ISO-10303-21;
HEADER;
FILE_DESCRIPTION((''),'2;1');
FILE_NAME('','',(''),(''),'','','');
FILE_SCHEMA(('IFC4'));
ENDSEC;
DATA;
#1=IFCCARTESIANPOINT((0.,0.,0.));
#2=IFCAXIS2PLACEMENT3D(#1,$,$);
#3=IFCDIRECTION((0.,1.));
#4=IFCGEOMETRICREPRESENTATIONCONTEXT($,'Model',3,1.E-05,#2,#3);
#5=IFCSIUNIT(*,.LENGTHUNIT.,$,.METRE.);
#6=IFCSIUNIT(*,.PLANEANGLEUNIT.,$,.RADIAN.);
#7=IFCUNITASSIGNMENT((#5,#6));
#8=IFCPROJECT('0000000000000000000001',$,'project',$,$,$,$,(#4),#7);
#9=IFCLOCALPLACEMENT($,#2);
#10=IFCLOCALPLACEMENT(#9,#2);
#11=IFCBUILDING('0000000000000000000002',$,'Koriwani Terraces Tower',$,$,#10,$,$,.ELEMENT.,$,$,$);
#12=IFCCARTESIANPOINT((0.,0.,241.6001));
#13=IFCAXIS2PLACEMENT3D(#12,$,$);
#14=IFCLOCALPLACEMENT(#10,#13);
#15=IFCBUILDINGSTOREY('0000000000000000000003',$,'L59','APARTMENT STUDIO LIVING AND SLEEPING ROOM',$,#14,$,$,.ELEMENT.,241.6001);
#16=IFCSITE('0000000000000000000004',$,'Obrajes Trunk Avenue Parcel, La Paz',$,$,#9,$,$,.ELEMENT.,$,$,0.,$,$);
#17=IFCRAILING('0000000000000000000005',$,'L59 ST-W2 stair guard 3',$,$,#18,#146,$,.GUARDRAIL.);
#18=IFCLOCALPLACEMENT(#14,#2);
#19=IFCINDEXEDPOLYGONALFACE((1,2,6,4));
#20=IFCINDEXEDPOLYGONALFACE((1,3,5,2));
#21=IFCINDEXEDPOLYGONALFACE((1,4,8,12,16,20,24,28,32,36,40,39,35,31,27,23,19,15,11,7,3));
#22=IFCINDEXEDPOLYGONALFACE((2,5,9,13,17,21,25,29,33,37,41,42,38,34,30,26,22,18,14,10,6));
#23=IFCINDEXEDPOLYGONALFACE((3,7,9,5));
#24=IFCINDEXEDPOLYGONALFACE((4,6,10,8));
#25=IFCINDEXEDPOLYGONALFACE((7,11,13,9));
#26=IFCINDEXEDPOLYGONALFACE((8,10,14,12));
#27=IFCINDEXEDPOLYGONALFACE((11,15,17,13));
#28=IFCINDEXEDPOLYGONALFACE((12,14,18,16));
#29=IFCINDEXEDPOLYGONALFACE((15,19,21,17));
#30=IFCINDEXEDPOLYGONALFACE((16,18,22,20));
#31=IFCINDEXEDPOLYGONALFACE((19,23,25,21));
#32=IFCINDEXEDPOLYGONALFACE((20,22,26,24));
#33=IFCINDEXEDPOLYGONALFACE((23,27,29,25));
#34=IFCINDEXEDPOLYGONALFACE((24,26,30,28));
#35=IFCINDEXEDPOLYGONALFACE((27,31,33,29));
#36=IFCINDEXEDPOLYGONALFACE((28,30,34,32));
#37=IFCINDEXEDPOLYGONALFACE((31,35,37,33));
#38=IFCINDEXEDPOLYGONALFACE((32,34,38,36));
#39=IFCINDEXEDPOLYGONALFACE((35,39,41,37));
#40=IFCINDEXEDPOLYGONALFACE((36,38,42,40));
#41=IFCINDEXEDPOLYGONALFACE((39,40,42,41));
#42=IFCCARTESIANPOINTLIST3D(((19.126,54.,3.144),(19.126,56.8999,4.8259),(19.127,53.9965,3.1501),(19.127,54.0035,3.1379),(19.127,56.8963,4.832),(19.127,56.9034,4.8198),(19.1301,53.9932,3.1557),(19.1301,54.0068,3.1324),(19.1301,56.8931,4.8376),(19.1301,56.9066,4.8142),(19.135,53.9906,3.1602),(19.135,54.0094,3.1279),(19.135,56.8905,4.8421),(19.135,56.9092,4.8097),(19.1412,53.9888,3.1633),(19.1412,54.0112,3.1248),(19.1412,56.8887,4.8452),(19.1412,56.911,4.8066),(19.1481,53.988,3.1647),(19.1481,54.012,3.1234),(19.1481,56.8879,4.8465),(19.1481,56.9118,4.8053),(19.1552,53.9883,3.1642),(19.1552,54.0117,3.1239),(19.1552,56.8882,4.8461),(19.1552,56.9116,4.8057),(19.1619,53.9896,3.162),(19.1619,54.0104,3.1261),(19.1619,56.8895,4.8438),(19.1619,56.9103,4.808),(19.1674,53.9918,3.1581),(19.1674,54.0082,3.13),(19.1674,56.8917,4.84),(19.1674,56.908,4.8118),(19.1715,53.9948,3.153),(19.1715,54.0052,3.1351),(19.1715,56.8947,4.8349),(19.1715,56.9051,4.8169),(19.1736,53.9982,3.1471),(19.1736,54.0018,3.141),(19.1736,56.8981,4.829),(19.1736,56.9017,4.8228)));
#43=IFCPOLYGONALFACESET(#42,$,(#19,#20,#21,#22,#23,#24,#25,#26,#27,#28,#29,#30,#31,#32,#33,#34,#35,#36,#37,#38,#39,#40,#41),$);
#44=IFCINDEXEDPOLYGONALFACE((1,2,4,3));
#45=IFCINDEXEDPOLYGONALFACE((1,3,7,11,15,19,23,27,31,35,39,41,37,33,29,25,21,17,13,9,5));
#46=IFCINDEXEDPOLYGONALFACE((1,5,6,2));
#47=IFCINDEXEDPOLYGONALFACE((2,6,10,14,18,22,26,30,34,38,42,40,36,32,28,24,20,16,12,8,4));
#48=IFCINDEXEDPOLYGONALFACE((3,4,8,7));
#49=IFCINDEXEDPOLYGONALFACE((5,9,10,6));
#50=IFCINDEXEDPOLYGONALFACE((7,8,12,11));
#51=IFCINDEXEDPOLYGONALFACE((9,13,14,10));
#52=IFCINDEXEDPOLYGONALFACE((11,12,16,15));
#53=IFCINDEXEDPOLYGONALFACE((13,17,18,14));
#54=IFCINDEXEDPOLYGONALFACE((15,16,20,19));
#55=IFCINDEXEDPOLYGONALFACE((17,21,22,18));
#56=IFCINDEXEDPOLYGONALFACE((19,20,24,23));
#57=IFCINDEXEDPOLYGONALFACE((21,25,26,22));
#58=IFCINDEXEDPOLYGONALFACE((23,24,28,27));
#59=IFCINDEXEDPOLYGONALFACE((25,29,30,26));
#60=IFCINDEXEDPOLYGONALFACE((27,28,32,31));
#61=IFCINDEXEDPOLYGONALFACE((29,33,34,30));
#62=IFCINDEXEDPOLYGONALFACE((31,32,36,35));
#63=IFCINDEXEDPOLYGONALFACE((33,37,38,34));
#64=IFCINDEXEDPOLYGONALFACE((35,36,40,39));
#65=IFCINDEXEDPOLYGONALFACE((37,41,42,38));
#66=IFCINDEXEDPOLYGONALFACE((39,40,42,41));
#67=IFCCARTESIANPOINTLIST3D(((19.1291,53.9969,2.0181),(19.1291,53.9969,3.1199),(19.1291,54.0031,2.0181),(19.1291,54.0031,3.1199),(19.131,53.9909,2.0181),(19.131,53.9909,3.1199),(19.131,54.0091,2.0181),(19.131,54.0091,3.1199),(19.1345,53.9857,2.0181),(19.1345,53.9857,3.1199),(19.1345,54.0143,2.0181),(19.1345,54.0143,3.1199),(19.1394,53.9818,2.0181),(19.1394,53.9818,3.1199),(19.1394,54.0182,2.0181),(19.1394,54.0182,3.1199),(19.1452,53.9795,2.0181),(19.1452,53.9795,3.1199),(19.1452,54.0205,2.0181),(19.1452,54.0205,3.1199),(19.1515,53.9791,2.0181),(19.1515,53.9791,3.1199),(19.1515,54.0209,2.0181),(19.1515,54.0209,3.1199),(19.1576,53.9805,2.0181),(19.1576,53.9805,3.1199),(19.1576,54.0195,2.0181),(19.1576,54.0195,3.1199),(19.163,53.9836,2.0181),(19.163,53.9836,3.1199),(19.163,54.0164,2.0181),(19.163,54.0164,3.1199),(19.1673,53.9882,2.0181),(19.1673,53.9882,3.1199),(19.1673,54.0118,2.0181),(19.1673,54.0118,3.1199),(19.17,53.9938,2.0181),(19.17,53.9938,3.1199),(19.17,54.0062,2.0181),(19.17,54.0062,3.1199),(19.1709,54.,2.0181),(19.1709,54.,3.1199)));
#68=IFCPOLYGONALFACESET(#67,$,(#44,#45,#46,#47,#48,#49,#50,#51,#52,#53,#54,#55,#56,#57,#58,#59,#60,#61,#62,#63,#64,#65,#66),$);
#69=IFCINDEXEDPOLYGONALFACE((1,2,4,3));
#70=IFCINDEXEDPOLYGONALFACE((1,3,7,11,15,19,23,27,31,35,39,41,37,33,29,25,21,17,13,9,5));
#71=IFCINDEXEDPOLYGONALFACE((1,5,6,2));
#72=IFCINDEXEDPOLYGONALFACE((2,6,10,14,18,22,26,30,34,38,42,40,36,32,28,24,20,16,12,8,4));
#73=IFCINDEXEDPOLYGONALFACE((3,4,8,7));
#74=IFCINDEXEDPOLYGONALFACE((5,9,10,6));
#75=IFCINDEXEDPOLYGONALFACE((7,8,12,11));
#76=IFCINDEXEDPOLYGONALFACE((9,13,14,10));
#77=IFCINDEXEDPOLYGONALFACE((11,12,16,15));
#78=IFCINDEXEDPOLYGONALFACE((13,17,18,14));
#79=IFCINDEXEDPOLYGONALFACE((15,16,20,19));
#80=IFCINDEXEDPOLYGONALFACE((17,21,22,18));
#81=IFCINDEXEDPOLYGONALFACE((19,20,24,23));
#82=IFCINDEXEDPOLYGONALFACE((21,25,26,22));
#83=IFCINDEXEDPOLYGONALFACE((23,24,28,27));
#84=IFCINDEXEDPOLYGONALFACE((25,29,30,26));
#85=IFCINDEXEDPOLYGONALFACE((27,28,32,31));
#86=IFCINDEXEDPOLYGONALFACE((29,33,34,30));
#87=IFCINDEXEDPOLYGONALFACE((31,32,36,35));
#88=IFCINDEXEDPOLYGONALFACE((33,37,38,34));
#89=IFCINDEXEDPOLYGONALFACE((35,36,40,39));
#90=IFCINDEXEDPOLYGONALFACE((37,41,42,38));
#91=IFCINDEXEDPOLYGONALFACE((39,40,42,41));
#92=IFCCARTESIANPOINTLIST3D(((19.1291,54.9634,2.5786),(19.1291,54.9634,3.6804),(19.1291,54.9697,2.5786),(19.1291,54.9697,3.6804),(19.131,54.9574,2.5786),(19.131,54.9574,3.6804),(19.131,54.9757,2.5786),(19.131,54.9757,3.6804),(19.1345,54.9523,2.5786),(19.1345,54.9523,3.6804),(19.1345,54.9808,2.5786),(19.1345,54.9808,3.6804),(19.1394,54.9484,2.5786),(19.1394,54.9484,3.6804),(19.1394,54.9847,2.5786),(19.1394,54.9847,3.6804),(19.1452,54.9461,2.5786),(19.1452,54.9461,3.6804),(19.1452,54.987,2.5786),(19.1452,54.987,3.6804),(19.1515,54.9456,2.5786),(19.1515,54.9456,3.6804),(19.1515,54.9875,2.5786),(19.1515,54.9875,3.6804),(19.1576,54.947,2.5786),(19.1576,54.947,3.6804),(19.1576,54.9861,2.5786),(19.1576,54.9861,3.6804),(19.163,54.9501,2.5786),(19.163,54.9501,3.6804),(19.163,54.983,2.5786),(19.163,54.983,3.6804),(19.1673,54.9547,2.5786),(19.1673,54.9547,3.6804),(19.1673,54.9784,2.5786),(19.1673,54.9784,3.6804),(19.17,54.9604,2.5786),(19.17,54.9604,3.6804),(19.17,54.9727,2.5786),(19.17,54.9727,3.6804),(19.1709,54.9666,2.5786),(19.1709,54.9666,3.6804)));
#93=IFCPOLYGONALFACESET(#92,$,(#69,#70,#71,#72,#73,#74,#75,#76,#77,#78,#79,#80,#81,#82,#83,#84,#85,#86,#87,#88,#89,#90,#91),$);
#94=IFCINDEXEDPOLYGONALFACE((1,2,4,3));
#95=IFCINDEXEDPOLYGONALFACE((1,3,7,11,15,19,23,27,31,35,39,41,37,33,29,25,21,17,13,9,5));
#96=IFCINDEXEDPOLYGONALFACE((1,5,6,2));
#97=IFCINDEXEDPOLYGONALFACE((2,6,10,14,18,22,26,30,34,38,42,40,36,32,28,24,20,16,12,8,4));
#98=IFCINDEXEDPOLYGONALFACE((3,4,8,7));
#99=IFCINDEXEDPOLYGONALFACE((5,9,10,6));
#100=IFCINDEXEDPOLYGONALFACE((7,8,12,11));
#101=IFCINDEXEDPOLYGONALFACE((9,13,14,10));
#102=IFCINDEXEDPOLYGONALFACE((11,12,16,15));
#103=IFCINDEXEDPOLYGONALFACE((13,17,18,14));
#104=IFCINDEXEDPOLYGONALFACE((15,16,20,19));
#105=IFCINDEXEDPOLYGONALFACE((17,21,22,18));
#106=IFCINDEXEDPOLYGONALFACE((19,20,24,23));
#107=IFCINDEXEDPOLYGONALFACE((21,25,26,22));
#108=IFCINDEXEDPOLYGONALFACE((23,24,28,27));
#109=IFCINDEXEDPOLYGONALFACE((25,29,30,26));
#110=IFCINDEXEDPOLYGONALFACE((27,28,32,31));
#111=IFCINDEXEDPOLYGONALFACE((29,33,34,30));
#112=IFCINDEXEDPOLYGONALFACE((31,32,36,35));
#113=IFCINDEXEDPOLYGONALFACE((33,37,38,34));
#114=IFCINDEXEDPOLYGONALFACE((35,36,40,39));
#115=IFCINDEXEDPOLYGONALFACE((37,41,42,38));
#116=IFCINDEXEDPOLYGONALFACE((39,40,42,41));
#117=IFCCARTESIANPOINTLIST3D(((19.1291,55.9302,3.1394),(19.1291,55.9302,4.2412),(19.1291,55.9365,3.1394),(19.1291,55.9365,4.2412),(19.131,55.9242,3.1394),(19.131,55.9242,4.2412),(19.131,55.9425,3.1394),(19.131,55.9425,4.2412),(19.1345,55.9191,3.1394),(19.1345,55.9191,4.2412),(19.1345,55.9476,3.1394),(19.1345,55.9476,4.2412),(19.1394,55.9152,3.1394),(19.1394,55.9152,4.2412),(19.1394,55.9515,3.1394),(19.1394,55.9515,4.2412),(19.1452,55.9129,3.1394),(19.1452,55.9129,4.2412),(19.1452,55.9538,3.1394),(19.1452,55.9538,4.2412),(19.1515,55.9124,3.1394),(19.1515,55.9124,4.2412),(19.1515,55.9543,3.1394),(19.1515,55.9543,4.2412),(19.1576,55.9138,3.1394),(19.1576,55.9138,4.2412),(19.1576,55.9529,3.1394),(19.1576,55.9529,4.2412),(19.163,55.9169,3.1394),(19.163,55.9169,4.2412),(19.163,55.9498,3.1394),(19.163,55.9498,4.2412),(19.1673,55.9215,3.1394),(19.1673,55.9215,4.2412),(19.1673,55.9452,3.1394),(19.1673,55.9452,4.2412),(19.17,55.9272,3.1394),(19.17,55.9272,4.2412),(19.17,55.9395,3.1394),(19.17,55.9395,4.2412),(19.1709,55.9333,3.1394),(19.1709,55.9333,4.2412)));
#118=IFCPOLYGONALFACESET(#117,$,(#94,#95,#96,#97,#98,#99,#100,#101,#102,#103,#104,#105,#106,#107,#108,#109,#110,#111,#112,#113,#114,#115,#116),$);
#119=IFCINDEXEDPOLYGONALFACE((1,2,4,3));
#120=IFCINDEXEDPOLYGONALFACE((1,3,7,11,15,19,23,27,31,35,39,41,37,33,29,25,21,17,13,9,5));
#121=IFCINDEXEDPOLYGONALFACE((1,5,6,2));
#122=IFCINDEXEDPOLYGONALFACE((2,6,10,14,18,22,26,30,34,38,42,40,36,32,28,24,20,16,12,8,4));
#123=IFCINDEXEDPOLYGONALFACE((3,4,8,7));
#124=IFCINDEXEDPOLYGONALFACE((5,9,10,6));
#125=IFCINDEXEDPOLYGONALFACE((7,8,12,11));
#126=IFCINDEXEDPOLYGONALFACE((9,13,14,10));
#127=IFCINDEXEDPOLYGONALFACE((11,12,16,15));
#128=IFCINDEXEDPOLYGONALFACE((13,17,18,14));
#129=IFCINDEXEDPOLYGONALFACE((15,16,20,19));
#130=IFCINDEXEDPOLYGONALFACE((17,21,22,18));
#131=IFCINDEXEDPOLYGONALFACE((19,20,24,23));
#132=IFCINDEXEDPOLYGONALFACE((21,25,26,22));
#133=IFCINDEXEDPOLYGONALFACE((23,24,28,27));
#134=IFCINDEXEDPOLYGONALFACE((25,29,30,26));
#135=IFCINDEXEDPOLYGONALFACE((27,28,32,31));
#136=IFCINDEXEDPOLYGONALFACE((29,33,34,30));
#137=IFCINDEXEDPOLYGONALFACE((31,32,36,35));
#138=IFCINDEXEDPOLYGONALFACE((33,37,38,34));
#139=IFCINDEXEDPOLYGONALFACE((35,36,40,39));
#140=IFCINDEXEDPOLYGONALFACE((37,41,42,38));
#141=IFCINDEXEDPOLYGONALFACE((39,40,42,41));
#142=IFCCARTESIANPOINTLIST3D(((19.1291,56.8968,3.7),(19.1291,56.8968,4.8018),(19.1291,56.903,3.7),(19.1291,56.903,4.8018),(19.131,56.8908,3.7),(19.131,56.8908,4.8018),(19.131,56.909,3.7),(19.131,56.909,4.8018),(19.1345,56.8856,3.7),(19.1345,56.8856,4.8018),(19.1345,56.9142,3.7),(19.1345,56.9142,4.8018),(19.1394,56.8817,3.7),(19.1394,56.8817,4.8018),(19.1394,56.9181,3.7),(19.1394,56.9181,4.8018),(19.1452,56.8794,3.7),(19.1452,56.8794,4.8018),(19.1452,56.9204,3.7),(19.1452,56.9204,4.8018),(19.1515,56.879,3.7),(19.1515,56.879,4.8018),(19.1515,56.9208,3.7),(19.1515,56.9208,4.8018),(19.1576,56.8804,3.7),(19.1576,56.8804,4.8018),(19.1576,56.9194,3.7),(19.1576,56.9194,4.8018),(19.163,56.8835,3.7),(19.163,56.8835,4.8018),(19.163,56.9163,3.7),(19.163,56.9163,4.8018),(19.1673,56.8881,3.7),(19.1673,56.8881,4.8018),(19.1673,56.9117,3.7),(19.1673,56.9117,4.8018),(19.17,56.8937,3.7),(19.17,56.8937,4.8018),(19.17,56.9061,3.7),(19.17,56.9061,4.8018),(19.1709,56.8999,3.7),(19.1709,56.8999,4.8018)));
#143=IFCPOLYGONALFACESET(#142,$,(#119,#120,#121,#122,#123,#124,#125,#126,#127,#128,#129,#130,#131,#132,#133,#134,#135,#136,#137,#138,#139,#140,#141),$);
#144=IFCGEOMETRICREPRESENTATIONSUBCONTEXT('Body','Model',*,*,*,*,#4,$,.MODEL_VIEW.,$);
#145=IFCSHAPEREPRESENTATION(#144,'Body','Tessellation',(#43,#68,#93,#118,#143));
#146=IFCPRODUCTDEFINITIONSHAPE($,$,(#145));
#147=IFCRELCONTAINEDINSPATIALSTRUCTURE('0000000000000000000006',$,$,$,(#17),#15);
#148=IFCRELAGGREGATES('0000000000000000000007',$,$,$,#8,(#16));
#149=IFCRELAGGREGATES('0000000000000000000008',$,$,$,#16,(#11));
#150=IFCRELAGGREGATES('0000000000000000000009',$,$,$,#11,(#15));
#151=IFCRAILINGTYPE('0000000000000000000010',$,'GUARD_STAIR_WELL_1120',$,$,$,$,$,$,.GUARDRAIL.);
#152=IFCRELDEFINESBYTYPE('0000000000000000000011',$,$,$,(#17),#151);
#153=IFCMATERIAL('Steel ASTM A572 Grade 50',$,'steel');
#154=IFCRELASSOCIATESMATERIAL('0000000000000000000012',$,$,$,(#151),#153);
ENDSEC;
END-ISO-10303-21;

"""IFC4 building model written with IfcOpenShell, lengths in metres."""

from ifc_helpers import new_model, si_unit, direction, frame, origin, origin_2d, place, context, subcontext, project, spatial, circle, extrude, material, type_object, element, save


model = new_model("IFC4")

# Units and contexts
model_context = context("Model", 3, precision=1e-05, world=origin(), true_north=direction((0.0, 1.0)))
body_context = subcontext(model_context, "Body", "Model", "MODEL_VIEW")
ifc_project = project(units=[si_unit("LENGTHUNIT", "METRE"), si_unit("PLANEANGLEUNIT", "RADIAN")], contexts=[model_context])

# Site, building, storey
site_placement = place(None, origin())
site = spatial("IfcSite", under=ifc_project, at=site_placement, Name="Obrajes Trunk Avenue Parcel, La Paz", CompositionType="ELEMENT", RefElevation=0.0)
building_placement = place(site_placement, origin())
building = spatial("IfcBuilding", under=site, at=building_placement, Name="Koriwani Terraces Tower", CompositionType="ELEMENT")
storey_placement = place(building_placement, frame((0.0, 0.0, 241.6001)))
storey = spatial("IfcBuildingStorey", under=building, at=storey_placement, Name="L59", Description="APARTMENT STUDIO LIVING AND SLEEPING ROOM", CompositionType="ELEMENT", Elevation=241.6001)

# Shared definitions
ifc_material_1 = material(Name="Steel ASTM A572 Grade 50", Category="steel")

# Railing
railing_type_1 = type_object("IfcRailingType", Name="GUARD_STAIR_WELL_1120", PredefinedType="GUARDRAIL", material=ifc_material_1)
railing_1_placement = place(storey_placement, frame((19.1499, 54.0, 2.0181)))
element("IfcRailing", 1, at=railing_1_placement, inside=storey, type_object=railing_type_1, Name="L59 ST-W2 stair guard 3", PredefinedType="GUARDRAIL", context=body_context, shape_type="SweptSolid", body=[
    extrude(circle(Radius=0.0239, at=origin_2d()), frame((0.0, 0.0, 1.126), z_axis=(0.0, 0.865039, 0.501705), x_axis=(-1.0, 0.0, 0.0)), (0.0, 0.0, 1.0), 3.3523),
    extrude(circle(Radius=0.021, at=origin_2d()), origin(), (0.0, 0.0, 1.0), 1.1018),
    extrude(circle(Radius=0.021, at=origin_2d()), frame((0.0, 0.9666, 0.5605)), (0.0, 0.0, 1.0), 1.1018),
    extrude(circle(Radius=0.021, at=origin_2d()), frame((0.0, 1.9333, 1.1213)), (0.0, 0.0, 1.0), 1.1018),
    extrude(circle(Radius=0.021, at=origin_2d()), frame((0.0, 2.8999, 1.6819)), (0.0, 0.0, 1.0), 1.1018),
])

save(model, "model.ifc")
